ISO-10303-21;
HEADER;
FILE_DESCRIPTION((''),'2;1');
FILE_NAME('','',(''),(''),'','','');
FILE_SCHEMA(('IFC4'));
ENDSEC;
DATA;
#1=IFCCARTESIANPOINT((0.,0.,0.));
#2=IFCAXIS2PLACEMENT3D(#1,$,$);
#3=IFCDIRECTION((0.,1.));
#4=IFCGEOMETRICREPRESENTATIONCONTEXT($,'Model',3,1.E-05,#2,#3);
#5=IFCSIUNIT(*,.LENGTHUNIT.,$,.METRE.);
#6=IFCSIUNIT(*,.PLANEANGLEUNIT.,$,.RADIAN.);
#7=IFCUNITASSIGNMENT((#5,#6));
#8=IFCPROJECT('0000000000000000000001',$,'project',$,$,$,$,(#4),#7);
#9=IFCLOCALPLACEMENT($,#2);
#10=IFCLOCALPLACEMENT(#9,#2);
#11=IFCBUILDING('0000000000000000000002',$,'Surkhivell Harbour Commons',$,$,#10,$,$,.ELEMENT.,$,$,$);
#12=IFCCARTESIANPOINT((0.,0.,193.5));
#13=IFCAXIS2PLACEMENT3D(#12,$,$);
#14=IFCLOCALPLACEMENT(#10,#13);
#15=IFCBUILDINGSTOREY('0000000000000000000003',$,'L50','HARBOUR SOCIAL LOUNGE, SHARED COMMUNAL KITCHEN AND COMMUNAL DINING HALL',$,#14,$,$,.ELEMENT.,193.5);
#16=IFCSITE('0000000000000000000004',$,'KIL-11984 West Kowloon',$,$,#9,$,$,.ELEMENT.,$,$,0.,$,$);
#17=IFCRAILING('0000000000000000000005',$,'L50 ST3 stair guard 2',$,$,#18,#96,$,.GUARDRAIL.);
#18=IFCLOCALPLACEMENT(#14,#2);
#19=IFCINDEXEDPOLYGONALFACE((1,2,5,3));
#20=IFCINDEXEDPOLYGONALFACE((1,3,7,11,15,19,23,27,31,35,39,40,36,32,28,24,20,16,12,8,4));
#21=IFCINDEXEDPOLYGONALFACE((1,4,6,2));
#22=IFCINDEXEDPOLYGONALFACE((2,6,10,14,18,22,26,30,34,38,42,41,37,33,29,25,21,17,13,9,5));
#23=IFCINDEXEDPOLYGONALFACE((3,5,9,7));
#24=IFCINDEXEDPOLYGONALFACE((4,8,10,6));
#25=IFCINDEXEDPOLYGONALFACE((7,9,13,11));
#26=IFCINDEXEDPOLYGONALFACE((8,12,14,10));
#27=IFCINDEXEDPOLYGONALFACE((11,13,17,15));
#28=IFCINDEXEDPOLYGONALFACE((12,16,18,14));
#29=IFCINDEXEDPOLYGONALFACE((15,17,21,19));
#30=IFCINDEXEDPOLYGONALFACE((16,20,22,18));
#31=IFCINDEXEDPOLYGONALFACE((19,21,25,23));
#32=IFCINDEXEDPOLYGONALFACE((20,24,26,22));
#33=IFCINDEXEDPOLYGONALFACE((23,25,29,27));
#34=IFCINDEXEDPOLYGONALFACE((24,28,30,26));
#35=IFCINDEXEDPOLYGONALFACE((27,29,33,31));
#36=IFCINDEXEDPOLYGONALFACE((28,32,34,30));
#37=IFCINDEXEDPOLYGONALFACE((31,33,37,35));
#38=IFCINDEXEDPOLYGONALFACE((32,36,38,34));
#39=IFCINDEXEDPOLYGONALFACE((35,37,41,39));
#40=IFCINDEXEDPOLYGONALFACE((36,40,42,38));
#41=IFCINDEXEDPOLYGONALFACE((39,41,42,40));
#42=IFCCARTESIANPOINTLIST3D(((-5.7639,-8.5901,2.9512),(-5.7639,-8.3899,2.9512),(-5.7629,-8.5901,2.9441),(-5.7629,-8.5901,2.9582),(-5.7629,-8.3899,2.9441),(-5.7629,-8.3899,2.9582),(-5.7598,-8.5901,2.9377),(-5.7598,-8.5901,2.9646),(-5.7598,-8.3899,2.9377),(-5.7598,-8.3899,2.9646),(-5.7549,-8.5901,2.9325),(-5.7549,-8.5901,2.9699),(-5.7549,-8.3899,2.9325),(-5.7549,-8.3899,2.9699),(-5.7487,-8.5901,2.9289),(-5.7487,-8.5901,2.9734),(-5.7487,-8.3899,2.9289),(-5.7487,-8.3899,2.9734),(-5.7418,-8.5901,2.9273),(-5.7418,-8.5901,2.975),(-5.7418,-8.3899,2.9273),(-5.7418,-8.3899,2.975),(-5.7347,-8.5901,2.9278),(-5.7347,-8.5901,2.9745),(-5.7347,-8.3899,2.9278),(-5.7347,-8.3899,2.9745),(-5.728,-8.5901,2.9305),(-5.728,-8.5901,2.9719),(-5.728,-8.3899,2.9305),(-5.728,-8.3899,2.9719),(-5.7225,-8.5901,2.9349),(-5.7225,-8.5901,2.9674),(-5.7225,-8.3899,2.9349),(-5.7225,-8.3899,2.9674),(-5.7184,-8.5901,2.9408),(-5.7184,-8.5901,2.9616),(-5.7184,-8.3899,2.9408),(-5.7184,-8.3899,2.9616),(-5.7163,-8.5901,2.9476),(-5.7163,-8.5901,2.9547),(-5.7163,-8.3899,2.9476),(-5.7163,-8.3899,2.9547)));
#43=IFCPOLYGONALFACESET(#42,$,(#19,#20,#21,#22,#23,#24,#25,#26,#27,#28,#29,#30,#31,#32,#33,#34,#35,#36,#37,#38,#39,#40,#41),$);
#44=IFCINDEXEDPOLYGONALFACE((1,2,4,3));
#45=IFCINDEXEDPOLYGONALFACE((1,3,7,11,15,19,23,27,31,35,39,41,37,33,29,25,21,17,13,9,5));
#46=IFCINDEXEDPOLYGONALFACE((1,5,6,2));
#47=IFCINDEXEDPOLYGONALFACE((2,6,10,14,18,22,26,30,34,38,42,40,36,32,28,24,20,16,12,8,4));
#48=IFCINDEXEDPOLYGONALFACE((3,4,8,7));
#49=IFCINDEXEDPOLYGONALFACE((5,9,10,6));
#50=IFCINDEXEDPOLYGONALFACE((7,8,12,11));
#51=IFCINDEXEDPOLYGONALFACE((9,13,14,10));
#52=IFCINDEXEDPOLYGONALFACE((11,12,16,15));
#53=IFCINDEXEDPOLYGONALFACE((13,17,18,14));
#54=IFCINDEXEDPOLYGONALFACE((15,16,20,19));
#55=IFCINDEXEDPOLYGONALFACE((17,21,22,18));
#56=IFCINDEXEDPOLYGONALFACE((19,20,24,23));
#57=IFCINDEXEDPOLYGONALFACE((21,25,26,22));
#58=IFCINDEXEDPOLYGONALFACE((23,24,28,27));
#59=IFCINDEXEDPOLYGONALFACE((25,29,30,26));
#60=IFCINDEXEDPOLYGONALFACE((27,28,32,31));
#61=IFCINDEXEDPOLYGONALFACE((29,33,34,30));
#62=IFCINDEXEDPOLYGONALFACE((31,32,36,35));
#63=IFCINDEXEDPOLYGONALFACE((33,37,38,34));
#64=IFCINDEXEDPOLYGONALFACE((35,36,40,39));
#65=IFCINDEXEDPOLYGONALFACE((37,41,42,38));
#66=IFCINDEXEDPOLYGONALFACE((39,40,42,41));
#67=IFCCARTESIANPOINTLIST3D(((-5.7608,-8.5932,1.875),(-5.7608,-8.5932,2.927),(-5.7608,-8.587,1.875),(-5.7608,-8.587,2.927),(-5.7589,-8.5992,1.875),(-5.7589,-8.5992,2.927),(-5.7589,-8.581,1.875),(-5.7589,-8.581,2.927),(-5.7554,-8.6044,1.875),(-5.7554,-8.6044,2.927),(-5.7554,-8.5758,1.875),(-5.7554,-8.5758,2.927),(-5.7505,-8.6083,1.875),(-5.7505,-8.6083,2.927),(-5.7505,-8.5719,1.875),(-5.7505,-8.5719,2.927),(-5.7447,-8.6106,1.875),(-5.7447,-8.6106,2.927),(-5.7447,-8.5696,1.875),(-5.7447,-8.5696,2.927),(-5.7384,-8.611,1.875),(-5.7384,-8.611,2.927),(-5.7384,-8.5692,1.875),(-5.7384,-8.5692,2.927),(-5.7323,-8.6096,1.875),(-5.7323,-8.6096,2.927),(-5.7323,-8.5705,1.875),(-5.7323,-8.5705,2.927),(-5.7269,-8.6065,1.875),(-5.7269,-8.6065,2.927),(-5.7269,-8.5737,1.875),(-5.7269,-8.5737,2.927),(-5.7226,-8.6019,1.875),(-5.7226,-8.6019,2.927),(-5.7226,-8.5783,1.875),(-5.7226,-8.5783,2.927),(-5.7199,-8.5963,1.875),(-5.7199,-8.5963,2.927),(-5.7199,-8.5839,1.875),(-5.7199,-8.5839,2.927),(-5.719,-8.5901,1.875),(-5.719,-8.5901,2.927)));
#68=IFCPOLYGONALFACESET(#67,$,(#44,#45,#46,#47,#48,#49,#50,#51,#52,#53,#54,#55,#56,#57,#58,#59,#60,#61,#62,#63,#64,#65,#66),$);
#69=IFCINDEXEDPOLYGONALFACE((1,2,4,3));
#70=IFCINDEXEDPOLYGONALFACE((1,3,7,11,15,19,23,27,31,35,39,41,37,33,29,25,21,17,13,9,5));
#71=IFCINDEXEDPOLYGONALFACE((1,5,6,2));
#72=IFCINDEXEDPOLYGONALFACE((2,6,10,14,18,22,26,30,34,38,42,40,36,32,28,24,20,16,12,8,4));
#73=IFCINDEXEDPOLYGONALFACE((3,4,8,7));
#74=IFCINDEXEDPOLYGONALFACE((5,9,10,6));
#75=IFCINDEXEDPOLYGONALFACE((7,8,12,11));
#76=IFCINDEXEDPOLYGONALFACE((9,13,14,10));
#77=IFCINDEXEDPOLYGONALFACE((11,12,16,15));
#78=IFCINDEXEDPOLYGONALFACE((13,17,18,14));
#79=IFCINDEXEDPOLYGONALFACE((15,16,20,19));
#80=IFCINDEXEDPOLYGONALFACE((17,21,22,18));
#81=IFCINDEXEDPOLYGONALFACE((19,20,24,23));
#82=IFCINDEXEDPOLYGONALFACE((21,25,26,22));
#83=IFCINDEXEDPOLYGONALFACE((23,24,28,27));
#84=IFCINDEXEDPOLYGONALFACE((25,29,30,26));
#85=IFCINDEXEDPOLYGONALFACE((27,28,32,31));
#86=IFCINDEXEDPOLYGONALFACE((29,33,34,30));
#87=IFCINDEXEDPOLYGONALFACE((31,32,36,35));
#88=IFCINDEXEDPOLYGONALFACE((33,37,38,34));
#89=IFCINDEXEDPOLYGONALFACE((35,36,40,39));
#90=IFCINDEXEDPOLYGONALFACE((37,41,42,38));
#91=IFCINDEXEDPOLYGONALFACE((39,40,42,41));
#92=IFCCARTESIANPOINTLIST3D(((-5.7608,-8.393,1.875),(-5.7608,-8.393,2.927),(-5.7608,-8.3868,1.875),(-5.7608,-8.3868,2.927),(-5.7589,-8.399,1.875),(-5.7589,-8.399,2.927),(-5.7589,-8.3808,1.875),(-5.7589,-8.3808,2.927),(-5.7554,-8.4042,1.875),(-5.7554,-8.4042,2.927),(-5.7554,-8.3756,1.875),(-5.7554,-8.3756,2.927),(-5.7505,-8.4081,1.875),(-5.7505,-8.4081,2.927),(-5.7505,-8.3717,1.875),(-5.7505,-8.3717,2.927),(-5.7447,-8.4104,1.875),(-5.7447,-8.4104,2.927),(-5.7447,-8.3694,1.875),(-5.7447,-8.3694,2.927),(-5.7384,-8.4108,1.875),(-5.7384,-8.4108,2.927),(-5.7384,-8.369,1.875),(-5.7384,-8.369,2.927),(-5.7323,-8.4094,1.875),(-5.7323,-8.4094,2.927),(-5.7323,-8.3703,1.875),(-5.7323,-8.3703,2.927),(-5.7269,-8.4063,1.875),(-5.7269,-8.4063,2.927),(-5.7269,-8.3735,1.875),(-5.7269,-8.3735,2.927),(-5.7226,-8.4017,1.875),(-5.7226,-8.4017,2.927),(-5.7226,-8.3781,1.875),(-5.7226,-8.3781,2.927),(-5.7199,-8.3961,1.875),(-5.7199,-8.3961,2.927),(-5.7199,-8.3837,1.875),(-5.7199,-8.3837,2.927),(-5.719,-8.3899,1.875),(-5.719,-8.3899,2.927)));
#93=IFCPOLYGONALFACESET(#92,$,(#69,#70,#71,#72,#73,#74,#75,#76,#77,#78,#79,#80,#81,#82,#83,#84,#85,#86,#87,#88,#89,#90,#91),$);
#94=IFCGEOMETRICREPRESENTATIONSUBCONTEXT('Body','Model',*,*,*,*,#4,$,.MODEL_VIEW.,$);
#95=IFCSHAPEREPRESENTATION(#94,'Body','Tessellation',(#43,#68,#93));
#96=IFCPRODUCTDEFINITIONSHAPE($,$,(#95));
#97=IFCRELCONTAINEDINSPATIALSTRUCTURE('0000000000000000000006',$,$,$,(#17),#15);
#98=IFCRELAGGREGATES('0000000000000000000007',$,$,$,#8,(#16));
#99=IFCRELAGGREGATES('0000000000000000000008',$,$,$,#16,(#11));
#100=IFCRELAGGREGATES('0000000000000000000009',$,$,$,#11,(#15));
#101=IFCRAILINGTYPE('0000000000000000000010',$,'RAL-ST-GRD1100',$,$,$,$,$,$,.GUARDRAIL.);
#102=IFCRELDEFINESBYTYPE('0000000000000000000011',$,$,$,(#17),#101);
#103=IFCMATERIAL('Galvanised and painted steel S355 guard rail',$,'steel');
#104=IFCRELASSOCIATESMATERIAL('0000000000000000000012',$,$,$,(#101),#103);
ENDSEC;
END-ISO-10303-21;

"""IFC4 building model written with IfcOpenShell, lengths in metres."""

from ifc_helpers import new_model, si_unit, direction, frame, origin, origin_2d, place, context, subcontext, project, spatial, circle, extrude, material, type_object, element, save


model = new_model("IFC4")

# Units and contexts
model_context = context("Model", 3, precision=1e-05, world=origin(), true_north=direction((0.0, 1.0)))
body_context = subcontext(model_context, "Body", "Model", "MODEL_VIEW")
ifc_project = project(units=[si_unit("LENGTHUNIT", "METRE"), si_unit("PLANEANGLEUNIT", "RADIAN")], contexts=[model_context])

# Site, building, storey
site_placement = place(None, origin())
site = spatial("IfcSite", under=ifc_project, at=site_placement, Name="KIL-11984 West Kowloon", CompositionType="ELEMENT", RefElevation=0.0)
building_placement = place(site_placement, origin())
building = spatial("IfcBuilding", under=site, at=building_placement, Name="Surkhivell Harbour Commons", CompositionType="ELEMENT")
storey_placement = place(building_placement, frame((0.0, 0.0, 193.5)))
storey = spatial("IfcBuildingStorey", under=building, at=storey_placement, Name="L50", Description="HARBOUR SOCIAL LOUNGE, SHARED COMMUNAL KITCHEN AND COMMUNAL DINING HALL", CompositionType="ELEMENT", Elevation=193.5)

# Railing
ifc_material_1 = material(Name="Galvanised and painted steel S355 guard rail", Category="steel")
railing_type_1 = type_object("IfcRailingType", Name="RAL-ST-GRD1100", PredefinedType="GUARDRAIL", material=ifc_material_1)
railing_1_placement = place(storey_placement, frame((-5.74, -8.5901, 1.875)))
element("IfcRailing", 1, at=railing_1_placement, inside=storey, type_object=railing_type_1, Name="L50 ST3 stair guard 2", PredefinedType="GUARDRAIL", context=body_context, shape_type="SweptSolid", body=[
    extrude(circle(Radius=0.0239, at=origin_2d()), frame((0.0, 0.0, 1.0762), z_axis=(0.0, 1.0, 0.0), x_axis=(-1.0, 0.0, 0.0)), (0.0, 0.0, 1.0), 0.2002),
    extrude(circle(Radius=0.021, at=origin_2d()), origin(), (0.0, 0.0, 1.0), 1.052),
    extrude(circle(Radius=0.021, at=origin_2d()), frame((0.0, 0.2002, 0.0)), (0.0, 0.0, 1.0), 1.052),
])

save(model, "model.ifc")
